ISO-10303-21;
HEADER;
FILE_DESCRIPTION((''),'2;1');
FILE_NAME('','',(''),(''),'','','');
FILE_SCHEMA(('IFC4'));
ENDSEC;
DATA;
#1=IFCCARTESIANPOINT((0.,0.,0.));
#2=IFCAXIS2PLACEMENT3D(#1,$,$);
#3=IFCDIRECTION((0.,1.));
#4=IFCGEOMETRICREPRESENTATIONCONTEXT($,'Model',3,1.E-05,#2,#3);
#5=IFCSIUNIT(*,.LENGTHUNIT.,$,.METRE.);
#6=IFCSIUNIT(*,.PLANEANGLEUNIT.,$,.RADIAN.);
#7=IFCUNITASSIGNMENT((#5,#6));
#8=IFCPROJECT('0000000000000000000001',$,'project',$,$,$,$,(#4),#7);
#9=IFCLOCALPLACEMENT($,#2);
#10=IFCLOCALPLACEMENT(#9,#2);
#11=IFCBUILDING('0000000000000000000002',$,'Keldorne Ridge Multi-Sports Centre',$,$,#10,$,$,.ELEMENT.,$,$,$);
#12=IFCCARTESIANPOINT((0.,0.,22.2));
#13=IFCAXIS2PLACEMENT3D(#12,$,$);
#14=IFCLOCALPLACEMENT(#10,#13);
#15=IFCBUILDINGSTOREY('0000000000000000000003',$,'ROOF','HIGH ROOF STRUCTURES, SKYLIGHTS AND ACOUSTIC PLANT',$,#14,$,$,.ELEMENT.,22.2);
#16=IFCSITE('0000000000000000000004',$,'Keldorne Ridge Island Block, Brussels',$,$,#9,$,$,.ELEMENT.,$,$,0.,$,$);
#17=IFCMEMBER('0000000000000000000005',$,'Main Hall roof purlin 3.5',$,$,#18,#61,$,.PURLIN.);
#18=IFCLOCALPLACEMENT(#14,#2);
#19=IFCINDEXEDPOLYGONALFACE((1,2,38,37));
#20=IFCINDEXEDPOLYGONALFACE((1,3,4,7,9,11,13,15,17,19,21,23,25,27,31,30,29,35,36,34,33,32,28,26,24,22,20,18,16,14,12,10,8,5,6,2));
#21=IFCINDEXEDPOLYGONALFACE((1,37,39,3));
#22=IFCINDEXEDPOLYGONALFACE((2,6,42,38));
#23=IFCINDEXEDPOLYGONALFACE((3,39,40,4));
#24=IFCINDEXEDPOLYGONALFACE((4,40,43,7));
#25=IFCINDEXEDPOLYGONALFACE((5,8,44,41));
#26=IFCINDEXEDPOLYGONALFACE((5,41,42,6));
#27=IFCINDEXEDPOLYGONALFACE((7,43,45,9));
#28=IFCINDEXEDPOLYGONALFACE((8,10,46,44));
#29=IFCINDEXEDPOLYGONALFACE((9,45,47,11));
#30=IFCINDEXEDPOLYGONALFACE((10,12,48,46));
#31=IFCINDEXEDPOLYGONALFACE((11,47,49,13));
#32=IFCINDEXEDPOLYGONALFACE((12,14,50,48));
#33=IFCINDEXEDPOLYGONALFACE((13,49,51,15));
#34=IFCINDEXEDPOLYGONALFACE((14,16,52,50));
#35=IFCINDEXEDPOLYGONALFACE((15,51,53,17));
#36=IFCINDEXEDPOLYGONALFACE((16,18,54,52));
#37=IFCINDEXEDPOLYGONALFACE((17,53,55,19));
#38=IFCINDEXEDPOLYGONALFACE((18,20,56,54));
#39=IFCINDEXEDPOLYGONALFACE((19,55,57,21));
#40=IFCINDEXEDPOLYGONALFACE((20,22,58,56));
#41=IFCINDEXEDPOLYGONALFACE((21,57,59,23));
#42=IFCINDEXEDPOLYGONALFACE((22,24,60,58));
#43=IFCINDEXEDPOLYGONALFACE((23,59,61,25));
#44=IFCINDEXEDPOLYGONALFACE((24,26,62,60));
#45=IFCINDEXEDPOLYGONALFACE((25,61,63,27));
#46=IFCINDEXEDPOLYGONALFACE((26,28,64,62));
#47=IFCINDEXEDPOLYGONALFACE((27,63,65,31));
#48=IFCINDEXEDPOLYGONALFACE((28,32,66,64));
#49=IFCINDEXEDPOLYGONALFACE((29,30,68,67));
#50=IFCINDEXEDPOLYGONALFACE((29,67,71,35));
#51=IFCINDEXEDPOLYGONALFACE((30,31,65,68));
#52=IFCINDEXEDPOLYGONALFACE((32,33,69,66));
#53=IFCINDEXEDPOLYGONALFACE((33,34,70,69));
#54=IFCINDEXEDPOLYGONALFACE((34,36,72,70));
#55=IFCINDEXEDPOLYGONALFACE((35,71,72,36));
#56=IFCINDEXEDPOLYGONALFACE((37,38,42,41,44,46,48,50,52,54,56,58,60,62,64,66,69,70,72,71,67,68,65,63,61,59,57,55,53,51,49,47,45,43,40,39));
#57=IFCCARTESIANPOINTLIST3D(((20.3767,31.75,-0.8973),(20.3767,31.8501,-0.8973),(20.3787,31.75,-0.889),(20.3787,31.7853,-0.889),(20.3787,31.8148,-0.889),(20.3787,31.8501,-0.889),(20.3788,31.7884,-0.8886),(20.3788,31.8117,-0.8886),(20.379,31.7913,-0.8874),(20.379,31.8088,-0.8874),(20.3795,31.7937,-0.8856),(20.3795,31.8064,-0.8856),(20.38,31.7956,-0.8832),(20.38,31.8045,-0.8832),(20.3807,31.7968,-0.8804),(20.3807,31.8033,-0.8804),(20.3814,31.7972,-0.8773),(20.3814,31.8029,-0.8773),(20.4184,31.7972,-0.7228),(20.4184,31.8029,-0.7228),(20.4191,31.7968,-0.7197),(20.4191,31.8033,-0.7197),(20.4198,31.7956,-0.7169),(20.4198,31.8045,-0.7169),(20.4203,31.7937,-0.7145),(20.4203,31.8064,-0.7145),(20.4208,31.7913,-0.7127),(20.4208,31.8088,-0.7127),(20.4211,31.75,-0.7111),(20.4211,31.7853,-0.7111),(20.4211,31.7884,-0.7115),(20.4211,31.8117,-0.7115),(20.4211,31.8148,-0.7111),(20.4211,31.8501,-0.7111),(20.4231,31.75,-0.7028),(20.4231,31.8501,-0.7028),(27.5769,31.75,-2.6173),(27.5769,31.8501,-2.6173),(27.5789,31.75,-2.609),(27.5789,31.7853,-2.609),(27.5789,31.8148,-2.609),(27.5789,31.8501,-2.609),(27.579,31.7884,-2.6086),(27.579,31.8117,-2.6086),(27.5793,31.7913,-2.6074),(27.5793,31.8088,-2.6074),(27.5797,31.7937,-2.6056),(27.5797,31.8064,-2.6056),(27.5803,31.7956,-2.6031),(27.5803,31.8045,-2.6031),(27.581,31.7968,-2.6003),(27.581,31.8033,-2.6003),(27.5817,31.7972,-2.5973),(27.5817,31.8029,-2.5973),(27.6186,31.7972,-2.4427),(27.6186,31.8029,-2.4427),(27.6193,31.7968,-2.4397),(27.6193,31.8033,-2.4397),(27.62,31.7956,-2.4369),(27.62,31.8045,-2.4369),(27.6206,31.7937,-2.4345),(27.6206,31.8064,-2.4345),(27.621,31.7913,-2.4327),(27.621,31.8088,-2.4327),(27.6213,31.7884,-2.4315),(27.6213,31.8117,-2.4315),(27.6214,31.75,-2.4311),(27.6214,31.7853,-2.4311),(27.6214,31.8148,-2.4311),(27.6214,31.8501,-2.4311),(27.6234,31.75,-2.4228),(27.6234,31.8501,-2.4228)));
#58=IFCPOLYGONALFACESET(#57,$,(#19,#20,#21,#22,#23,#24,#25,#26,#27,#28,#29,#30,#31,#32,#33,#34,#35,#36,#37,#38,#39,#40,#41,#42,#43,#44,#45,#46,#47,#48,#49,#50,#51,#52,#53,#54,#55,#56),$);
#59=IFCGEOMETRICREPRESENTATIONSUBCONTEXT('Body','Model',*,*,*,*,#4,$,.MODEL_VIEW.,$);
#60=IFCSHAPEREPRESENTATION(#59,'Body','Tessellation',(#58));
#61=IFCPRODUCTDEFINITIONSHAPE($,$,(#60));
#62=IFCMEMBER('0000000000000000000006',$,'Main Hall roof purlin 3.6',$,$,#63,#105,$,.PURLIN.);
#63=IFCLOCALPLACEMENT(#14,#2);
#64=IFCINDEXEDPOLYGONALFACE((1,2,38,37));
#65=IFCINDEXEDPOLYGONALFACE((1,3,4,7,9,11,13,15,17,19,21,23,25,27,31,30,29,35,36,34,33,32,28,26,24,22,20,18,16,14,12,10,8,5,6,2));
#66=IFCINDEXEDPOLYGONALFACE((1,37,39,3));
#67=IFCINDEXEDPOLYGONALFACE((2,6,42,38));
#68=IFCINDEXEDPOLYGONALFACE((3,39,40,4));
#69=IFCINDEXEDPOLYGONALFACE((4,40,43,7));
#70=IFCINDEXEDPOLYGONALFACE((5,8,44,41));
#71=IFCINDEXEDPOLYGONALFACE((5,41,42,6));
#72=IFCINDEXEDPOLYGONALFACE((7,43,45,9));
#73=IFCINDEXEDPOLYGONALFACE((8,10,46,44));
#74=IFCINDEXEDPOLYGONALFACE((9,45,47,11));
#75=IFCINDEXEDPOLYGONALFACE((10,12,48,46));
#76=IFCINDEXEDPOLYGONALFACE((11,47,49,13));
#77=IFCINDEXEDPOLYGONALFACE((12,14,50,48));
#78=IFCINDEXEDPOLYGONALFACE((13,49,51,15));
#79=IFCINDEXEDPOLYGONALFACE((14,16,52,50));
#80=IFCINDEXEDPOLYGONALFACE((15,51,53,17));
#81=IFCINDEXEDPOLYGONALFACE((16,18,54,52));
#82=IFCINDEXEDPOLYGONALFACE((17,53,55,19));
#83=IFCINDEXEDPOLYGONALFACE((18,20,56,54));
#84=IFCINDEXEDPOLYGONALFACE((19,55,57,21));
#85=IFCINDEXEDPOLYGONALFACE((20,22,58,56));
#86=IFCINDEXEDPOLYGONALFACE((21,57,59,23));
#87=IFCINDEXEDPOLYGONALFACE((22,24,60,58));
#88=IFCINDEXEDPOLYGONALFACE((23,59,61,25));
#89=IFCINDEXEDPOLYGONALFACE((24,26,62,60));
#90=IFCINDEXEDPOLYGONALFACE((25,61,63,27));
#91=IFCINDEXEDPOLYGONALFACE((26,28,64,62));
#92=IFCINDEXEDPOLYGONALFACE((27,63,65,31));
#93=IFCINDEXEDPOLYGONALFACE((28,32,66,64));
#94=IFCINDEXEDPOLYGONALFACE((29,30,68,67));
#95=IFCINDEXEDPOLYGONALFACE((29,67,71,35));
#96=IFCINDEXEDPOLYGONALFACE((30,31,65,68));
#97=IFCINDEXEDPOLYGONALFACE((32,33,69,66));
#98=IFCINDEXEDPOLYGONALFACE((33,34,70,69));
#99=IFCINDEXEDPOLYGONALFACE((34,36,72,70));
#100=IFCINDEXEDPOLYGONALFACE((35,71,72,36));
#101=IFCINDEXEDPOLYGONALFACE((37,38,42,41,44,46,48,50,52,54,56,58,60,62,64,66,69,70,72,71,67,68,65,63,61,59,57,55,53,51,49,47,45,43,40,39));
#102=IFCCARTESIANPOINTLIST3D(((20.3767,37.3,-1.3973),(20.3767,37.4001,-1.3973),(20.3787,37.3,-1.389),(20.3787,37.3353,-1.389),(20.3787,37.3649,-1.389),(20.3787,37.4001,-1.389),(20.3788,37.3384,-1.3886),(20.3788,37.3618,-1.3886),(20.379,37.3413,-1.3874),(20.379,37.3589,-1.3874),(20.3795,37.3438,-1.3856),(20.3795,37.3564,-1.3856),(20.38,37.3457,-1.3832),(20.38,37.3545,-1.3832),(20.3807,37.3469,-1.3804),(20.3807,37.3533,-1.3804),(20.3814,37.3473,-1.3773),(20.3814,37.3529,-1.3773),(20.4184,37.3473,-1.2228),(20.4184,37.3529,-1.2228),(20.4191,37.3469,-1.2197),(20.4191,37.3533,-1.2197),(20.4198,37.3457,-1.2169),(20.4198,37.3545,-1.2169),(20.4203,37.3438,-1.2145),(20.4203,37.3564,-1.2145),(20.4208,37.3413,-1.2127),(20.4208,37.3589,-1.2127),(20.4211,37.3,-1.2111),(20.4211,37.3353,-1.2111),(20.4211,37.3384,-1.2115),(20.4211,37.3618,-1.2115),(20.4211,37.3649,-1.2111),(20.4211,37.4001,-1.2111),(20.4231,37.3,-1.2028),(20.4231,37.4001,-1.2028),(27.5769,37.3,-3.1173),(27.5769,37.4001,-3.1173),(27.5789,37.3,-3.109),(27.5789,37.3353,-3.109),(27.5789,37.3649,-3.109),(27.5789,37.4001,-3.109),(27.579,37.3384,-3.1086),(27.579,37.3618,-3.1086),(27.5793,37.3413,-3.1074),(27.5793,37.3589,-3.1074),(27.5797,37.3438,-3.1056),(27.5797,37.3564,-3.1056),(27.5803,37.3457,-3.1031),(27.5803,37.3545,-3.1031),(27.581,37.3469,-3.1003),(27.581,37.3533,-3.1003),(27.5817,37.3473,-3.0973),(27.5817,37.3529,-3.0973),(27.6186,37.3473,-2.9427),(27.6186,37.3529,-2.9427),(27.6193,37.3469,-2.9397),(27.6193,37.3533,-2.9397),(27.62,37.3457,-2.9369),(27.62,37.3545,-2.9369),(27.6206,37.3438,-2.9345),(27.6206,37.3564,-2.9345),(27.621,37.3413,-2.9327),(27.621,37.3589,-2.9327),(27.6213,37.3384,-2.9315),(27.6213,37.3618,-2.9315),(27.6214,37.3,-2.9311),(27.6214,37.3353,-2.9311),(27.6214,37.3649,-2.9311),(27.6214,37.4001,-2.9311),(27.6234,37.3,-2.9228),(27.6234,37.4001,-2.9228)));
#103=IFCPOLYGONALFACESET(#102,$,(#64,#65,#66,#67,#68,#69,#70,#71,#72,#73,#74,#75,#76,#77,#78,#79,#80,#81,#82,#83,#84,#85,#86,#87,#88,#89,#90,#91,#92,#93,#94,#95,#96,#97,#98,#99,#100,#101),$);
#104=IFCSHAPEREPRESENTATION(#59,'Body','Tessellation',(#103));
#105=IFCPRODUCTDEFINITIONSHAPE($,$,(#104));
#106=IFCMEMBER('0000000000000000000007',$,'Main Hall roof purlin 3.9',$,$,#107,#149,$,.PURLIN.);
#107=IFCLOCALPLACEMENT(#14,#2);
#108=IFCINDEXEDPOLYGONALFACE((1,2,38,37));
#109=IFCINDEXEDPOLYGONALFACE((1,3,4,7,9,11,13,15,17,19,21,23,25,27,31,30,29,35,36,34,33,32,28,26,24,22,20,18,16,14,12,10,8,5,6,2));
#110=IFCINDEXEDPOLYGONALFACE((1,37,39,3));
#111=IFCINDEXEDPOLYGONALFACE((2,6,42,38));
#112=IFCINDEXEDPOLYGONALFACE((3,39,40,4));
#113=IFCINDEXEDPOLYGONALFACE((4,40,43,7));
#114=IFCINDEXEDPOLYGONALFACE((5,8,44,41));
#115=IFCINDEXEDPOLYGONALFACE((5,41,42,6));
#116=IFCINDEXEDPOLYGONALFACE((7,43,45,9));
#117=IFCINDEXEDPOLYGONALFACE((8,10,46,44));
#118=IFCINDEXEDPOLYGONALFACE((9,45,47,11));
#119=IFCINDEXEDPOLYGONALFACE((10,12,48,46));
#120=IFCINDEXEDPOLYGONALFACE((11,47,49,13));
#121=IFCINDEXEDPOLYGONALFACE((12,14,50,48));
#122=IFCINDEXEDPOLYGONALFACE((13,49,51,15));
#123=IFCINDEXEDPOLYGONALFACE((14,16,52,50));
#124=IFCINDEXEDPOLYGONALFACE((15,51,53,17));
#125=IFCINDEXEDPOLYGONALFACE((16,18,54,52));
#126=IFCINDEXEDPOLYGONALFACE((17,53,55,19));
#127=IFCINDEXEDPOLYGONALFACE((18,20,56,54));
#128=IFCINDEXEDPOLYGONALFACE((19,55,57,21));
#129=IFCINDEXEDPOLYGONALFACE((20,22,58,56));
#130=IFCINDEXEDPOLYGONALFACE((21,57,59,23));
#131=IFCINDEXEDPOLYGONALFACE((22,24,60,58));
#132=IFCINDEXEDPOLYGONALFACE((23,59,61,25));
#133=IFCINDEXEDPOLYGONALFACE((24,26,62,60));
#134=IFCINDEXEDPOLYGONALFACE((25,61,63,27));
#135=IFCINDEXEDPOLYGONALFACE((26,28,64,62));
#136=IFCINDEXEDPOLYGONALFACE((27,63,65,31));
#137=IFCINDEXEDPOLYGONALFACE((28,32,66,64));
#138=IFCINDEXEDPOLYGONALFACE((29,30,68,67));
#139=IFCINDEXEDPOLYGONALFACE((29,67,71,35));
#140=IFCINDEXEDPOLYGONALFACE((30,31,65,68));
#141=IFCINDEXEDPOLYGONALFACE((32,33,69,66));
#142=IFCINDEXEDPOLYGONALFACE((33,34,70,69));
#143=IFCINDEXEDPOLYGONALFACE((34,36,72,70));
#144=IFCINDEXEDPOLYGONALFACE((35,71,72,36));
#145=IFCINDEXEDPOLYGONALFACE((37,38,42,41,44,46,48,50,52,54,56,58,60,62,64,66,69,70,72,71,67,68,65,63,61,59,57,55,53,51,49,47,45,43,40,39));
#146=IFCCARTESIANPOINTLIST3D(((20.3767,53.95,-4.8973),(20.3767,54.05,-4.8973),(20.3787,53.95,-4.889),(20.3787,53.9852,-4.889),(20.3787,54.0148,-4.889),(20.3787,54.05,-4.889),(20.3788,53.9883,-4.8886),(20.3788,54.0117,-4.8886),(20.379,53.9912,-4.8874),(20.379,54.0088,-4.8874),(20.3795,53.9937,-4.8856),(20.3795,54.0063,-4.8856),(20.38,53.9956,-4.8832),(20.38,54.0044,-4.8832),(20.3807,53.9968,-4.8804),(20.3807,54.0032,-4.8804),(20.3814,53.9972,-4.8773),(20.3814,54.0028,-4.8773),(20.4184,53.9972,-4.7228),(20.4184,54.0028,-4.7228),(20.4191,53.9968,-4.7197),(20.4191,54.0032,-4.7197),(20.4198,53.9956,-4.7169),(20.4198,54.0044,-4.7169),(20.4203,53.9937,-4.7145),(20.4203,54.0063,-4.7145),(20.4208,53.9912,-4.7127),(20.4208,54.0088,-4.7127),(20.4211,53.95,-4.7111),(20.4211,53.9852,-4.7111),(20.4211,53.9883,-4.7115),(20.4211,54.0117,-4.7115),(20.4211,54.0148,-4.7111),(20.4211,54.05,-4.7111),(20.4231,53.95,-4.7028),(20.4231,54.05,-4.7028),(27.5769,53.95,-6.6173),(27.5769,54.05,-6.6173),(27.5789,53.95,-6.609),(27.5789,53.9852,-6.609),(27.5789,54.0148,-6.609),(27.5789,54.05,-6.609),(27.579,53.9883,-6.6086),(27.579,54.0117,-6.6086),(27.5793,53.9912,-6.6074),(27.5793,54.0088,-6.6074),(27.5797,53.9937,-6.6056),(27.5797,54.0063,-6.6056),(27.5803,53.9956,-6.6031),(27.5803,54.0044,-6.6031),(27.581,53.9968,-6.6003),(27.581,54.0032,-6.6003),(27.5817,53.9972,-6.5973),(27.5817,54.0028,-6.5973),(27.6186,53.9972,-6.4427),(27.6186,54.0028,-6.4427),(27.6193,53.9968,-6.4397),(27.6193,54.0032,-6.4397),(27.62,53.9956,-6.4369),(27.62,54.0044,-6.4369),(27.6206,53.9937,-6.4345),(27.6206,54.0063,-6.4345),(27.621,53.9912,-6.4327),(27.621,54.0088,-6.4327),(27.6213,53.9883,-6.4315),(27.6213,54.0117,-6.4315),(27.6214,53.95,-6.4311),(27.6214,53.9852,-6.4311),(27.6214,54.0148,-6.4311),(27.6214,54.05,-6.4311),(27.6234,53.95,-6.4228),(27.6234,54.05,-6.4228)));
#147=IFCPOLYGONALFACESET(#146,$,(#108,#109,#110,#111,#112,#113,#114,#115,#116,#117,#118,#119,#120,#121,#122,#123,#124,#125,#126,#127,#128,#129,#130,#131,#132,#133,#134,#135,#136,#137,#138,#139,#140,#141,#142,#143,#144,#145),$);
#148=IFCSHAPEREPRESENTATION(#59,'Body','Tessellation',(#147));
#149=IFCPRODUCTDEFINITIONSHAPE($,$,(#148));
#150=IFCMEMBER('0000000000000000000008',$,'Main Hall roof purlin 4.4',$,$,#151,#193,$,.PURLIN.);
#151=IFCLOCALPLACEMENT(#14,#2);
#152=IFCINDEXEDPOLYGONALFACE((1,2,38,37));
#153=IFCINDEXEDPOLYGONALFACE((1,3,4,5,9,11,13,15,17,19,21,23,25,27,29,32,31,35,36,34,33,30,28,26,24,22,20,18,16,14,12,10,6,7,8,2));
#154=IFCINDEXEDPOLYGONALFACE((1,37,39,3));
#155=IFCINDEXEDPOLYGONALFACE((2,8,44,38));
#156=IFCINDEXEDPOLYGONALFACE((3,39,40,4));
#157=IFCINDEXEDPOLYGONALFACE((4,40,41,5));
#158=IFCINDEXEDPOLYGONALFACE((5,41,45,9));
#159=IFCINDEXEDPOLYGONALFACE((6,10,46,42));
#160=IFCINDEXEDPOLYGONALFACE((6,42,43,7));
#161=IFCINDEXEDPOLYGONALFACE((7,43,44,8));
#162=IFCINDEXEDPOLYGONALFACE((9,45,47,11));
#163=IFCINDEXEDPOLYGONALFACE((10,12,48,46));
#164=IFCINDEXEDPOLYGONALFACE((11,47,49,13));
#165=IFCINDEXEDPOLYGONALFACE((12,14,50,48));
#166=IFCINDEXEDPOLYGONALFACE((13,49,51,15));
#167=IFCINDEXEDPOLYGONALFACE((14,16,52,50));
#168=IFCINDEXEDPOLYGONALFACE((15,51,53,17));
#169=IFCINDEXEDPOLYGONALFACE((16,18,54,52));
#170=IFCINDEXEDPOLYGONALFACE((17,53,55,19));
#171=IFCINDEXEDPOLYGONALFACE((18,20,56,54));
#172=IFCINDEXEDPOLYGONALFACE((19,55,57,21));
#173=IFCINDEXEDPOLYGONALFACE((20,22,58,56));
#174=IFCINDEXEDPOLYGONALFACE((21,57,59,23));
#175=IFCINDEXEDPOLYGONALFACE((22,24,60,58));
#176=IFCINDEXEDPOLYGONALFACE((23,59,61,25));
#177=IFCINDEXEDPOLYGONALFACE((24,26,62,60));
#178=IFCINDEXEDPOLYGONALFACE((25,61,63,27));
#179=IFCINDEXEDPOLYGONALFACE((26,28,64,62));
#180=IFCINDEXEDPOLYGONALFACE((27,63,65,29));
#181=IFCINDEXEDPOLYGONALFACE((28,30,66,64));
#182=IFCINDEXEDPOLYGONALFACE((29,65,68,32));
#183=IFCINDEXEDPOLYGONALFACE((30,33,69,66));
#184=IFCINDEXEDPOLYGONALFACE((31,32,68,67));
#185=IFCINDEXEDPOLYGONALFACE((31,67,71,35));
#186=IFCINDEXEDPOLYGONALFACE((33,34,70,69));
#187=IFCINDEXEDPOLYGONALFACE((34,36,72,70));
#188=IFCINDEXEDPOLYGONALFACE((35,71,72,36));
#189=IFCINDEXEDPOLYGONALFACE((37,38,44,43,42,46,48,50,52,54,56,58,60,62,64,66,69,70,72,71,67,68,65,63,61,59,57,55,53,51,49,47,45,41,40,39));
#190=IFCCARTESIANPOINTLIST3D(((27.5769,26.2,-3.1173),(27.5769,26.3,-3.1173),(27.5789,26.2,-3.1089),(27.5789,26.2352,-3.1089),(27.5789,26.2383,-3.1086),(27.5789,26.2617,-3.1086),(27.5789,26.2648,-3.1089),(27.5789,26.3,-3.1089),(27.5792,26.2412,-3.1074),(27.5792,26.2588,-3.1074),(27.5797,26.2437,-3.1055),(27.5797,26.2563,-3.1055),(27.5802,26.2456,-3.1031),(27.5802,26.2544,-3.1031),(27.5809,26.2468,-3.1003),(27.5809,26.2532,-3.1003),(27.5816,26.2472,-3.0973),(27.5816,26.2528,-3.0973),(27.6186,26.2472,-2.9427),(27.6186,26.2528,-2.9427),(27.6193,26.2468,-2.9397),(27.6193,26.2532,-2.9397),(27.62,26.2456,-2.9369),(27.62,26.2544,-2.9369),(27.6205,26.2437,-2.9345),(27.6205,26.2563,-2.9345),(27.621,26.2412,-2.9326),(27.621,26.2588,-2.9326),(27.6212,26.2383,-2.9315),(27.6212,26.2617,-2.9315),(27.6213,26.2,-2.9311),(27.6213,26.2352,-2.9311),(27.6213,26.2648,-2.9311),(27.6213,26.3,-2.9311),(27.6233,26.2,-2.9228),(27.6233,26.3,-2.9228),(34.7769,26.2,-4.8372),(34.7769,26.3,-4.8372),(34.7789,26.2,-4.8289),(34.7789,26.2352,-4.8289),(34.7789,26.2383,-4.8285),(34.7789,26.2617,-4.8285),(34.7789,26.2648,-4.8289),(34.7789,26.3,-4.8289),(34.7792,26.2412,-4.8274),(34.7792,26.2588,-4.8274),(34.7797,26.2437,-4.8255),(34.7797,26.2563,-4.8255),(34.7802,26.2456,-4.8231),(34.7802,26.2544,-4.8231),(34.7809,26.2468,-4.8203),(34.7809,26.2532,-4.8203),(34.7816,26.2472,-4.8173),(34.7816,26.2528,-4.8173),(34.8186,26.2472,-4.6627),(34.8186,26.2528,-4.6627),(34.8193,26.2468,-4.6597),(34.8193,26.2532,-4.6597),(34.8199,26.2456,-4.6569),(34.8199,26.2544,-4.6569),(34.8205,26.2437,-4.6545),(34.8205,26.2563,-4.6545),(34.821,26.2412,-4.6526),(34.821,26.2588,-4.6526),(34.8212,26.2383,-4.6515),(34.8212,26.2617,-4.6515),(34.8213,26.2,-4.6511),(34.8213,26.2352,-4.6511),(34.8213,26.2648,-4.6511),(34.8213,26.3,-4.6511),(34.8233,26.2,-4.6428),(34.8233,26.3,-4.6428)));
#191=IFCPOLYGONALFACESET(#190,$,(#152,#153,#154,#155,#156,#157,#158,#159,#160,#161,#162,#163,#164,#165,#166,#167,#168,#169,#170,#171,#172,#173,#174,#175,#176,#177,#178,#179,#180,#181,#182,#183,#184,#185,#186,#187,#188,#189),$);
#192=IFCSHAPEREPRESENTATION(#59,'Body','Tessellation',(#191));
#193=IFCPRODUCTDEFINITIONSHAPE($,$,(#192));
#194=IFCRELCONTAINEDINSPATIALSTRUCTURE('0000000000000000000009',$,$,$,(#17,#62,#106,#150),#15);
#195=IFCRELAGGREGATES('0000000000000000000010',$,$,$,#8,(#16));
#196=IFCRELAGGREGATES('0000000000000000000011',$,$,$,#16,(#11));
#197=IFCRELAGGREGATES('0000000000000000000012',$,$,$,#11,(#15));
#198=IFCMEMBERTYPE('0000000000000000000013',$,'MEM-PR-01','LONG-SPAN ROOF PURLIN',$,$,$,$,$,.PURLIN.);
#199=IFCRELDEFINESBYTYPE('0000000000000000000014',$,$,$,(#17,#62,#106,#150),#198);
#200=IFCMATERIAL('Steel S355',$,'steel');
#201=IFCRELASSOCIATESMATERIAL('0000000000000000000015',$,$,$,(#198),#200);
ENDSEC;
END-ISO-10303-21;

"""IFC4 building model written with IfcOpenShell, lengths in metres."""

from ifc_helpers import new_model, si_unit, direction, frame, origin, origin_2d, place, context, subcontext, project, spatial, i_section, extrude, material, material_profile, profile_set, type_object, element, save


model = new_model("IFC4")

# Units and contexts
model_context = context("Model", 3, precision=1e-05, world=origin(), true_north=direction((0.0, 1.0)))
body_context = subcontext(model_context, "Body", "Model", "MODEL_VIEW")
ifc_project = project(units=[si_unit("LENGTHUNIT", "METRE"), si_unit("PLANEANGLEUNIT", "RADIAN")], contexts=[model_context])

# Site, building, storey
site_placement = place(None, origin())
site = spatial("IfcSite", under=ifc_project, at=site_placement, Name="Keldorne Ridge Island Block, Brussels", CompositionType="ELEMENT", RefElevation=0.0)
building_placement = place(site_placement, origin())
building = spatial("IfcBuilding", under=site, at=building_placement, Name="Keldorne Ridge Multi-Sports Centre", CompositionType="ELEMENT")
storey_placement = place(building_placement, frame((0.0, 0.0, 22.2)))
storey = spatial("IfcBuildingStorey", under=building, at=storey_placement, Name="ROOF", Description="HIGH ROOF STRUCTURES, SKYLIGHTS AND ACOUSTIC PLANT", CompositionType="ELEMENT", Elevation=22.2)

# Members
ifc_material = material(Name="Steel S355", Category="steel")
ifc_material_profile_1 = material_profile(ifc_material, i_section(OverallWidth=0.1001, OverallDepth=0.2, WebThickness=0.0056, FlangeThickness=0.0085, FilletRadius=0.012, at=origin_2d()), Name="IPE 200")
ifc_profile_set_1 = profile_set([ifc_material_profile_1], Name="Steel S355")
member_type_1 = type_object("IfcMemberType", Name="MEM-PR-01", Description="LONG-SPAN ROOF PURLIN", PredefinedType="PURLIN", material=ifc_profile_set_1)
for number, where, z_axis, x_axis, name in (
    (1, (20.3999, 31.8, -0.8), (0.972634, 0.0, -0.232341), (0.0, 1.0, 0.0), "Main Hall roof purlin 3.5"),
    (2, (20.3999, 37.3501, -1.3), (0.972634, 0.0, -0.232341), (0.0, 1.0, 0.0), "Main Hall roof purlin 3.6"),
    (3, (20.3999, 54.0, -4.8), (0.972634, 0.0, -0.232341), (0.0, 1.0, 0.0), "Main Hall roof purlin 3.9"),
):
    element("IfcMember", number, at=place(storey_placement, frame(where, z_axis=z_axis, x_axis=x_axis)), inside=storey, type_object=member_type_1, Name=name, PredefinedType="PURLIN", context=body_context, shape_type="SweptSolid", body=[
        extrude(i_section(OverallWidth=0.1001, OverallDepth=0.2, WebThickness=0.0056, FlangeThickness=0.0085, FilletRadius=0.012, at=origin_2d()), origin(), (0.0, 0.0, 1.0), 7.4028),
    ])
for number, where, z_axis, x_axis, name in (
    (4, (27.6001, 26.25, -3.02), (0.972633, 0.0, -0.232349), (0.0, 1.0, 0.0), "Main Hall roof purlin 4.4"),
):
    element("IfcMember", number, at=place(storey_placement, frame(where, z_axis=z_axis, x_axis=x_axis)), inside=storey, type_object=member_type_1, Name=name, PredefinedType="PURLIN", context=body_context, shape_type="SweptSolid", body=[
        extrude(i_section(OverallWidth=0.1001, OverallDepth=0.2, WebThickness=0.0056, FlangeThickness=0.0085, FilletRadius=0.012, at=origin_2d()), origin(), (0.0, 0.0, 1.0), 7.4026),
    ])

save(model, "model.ifc")
